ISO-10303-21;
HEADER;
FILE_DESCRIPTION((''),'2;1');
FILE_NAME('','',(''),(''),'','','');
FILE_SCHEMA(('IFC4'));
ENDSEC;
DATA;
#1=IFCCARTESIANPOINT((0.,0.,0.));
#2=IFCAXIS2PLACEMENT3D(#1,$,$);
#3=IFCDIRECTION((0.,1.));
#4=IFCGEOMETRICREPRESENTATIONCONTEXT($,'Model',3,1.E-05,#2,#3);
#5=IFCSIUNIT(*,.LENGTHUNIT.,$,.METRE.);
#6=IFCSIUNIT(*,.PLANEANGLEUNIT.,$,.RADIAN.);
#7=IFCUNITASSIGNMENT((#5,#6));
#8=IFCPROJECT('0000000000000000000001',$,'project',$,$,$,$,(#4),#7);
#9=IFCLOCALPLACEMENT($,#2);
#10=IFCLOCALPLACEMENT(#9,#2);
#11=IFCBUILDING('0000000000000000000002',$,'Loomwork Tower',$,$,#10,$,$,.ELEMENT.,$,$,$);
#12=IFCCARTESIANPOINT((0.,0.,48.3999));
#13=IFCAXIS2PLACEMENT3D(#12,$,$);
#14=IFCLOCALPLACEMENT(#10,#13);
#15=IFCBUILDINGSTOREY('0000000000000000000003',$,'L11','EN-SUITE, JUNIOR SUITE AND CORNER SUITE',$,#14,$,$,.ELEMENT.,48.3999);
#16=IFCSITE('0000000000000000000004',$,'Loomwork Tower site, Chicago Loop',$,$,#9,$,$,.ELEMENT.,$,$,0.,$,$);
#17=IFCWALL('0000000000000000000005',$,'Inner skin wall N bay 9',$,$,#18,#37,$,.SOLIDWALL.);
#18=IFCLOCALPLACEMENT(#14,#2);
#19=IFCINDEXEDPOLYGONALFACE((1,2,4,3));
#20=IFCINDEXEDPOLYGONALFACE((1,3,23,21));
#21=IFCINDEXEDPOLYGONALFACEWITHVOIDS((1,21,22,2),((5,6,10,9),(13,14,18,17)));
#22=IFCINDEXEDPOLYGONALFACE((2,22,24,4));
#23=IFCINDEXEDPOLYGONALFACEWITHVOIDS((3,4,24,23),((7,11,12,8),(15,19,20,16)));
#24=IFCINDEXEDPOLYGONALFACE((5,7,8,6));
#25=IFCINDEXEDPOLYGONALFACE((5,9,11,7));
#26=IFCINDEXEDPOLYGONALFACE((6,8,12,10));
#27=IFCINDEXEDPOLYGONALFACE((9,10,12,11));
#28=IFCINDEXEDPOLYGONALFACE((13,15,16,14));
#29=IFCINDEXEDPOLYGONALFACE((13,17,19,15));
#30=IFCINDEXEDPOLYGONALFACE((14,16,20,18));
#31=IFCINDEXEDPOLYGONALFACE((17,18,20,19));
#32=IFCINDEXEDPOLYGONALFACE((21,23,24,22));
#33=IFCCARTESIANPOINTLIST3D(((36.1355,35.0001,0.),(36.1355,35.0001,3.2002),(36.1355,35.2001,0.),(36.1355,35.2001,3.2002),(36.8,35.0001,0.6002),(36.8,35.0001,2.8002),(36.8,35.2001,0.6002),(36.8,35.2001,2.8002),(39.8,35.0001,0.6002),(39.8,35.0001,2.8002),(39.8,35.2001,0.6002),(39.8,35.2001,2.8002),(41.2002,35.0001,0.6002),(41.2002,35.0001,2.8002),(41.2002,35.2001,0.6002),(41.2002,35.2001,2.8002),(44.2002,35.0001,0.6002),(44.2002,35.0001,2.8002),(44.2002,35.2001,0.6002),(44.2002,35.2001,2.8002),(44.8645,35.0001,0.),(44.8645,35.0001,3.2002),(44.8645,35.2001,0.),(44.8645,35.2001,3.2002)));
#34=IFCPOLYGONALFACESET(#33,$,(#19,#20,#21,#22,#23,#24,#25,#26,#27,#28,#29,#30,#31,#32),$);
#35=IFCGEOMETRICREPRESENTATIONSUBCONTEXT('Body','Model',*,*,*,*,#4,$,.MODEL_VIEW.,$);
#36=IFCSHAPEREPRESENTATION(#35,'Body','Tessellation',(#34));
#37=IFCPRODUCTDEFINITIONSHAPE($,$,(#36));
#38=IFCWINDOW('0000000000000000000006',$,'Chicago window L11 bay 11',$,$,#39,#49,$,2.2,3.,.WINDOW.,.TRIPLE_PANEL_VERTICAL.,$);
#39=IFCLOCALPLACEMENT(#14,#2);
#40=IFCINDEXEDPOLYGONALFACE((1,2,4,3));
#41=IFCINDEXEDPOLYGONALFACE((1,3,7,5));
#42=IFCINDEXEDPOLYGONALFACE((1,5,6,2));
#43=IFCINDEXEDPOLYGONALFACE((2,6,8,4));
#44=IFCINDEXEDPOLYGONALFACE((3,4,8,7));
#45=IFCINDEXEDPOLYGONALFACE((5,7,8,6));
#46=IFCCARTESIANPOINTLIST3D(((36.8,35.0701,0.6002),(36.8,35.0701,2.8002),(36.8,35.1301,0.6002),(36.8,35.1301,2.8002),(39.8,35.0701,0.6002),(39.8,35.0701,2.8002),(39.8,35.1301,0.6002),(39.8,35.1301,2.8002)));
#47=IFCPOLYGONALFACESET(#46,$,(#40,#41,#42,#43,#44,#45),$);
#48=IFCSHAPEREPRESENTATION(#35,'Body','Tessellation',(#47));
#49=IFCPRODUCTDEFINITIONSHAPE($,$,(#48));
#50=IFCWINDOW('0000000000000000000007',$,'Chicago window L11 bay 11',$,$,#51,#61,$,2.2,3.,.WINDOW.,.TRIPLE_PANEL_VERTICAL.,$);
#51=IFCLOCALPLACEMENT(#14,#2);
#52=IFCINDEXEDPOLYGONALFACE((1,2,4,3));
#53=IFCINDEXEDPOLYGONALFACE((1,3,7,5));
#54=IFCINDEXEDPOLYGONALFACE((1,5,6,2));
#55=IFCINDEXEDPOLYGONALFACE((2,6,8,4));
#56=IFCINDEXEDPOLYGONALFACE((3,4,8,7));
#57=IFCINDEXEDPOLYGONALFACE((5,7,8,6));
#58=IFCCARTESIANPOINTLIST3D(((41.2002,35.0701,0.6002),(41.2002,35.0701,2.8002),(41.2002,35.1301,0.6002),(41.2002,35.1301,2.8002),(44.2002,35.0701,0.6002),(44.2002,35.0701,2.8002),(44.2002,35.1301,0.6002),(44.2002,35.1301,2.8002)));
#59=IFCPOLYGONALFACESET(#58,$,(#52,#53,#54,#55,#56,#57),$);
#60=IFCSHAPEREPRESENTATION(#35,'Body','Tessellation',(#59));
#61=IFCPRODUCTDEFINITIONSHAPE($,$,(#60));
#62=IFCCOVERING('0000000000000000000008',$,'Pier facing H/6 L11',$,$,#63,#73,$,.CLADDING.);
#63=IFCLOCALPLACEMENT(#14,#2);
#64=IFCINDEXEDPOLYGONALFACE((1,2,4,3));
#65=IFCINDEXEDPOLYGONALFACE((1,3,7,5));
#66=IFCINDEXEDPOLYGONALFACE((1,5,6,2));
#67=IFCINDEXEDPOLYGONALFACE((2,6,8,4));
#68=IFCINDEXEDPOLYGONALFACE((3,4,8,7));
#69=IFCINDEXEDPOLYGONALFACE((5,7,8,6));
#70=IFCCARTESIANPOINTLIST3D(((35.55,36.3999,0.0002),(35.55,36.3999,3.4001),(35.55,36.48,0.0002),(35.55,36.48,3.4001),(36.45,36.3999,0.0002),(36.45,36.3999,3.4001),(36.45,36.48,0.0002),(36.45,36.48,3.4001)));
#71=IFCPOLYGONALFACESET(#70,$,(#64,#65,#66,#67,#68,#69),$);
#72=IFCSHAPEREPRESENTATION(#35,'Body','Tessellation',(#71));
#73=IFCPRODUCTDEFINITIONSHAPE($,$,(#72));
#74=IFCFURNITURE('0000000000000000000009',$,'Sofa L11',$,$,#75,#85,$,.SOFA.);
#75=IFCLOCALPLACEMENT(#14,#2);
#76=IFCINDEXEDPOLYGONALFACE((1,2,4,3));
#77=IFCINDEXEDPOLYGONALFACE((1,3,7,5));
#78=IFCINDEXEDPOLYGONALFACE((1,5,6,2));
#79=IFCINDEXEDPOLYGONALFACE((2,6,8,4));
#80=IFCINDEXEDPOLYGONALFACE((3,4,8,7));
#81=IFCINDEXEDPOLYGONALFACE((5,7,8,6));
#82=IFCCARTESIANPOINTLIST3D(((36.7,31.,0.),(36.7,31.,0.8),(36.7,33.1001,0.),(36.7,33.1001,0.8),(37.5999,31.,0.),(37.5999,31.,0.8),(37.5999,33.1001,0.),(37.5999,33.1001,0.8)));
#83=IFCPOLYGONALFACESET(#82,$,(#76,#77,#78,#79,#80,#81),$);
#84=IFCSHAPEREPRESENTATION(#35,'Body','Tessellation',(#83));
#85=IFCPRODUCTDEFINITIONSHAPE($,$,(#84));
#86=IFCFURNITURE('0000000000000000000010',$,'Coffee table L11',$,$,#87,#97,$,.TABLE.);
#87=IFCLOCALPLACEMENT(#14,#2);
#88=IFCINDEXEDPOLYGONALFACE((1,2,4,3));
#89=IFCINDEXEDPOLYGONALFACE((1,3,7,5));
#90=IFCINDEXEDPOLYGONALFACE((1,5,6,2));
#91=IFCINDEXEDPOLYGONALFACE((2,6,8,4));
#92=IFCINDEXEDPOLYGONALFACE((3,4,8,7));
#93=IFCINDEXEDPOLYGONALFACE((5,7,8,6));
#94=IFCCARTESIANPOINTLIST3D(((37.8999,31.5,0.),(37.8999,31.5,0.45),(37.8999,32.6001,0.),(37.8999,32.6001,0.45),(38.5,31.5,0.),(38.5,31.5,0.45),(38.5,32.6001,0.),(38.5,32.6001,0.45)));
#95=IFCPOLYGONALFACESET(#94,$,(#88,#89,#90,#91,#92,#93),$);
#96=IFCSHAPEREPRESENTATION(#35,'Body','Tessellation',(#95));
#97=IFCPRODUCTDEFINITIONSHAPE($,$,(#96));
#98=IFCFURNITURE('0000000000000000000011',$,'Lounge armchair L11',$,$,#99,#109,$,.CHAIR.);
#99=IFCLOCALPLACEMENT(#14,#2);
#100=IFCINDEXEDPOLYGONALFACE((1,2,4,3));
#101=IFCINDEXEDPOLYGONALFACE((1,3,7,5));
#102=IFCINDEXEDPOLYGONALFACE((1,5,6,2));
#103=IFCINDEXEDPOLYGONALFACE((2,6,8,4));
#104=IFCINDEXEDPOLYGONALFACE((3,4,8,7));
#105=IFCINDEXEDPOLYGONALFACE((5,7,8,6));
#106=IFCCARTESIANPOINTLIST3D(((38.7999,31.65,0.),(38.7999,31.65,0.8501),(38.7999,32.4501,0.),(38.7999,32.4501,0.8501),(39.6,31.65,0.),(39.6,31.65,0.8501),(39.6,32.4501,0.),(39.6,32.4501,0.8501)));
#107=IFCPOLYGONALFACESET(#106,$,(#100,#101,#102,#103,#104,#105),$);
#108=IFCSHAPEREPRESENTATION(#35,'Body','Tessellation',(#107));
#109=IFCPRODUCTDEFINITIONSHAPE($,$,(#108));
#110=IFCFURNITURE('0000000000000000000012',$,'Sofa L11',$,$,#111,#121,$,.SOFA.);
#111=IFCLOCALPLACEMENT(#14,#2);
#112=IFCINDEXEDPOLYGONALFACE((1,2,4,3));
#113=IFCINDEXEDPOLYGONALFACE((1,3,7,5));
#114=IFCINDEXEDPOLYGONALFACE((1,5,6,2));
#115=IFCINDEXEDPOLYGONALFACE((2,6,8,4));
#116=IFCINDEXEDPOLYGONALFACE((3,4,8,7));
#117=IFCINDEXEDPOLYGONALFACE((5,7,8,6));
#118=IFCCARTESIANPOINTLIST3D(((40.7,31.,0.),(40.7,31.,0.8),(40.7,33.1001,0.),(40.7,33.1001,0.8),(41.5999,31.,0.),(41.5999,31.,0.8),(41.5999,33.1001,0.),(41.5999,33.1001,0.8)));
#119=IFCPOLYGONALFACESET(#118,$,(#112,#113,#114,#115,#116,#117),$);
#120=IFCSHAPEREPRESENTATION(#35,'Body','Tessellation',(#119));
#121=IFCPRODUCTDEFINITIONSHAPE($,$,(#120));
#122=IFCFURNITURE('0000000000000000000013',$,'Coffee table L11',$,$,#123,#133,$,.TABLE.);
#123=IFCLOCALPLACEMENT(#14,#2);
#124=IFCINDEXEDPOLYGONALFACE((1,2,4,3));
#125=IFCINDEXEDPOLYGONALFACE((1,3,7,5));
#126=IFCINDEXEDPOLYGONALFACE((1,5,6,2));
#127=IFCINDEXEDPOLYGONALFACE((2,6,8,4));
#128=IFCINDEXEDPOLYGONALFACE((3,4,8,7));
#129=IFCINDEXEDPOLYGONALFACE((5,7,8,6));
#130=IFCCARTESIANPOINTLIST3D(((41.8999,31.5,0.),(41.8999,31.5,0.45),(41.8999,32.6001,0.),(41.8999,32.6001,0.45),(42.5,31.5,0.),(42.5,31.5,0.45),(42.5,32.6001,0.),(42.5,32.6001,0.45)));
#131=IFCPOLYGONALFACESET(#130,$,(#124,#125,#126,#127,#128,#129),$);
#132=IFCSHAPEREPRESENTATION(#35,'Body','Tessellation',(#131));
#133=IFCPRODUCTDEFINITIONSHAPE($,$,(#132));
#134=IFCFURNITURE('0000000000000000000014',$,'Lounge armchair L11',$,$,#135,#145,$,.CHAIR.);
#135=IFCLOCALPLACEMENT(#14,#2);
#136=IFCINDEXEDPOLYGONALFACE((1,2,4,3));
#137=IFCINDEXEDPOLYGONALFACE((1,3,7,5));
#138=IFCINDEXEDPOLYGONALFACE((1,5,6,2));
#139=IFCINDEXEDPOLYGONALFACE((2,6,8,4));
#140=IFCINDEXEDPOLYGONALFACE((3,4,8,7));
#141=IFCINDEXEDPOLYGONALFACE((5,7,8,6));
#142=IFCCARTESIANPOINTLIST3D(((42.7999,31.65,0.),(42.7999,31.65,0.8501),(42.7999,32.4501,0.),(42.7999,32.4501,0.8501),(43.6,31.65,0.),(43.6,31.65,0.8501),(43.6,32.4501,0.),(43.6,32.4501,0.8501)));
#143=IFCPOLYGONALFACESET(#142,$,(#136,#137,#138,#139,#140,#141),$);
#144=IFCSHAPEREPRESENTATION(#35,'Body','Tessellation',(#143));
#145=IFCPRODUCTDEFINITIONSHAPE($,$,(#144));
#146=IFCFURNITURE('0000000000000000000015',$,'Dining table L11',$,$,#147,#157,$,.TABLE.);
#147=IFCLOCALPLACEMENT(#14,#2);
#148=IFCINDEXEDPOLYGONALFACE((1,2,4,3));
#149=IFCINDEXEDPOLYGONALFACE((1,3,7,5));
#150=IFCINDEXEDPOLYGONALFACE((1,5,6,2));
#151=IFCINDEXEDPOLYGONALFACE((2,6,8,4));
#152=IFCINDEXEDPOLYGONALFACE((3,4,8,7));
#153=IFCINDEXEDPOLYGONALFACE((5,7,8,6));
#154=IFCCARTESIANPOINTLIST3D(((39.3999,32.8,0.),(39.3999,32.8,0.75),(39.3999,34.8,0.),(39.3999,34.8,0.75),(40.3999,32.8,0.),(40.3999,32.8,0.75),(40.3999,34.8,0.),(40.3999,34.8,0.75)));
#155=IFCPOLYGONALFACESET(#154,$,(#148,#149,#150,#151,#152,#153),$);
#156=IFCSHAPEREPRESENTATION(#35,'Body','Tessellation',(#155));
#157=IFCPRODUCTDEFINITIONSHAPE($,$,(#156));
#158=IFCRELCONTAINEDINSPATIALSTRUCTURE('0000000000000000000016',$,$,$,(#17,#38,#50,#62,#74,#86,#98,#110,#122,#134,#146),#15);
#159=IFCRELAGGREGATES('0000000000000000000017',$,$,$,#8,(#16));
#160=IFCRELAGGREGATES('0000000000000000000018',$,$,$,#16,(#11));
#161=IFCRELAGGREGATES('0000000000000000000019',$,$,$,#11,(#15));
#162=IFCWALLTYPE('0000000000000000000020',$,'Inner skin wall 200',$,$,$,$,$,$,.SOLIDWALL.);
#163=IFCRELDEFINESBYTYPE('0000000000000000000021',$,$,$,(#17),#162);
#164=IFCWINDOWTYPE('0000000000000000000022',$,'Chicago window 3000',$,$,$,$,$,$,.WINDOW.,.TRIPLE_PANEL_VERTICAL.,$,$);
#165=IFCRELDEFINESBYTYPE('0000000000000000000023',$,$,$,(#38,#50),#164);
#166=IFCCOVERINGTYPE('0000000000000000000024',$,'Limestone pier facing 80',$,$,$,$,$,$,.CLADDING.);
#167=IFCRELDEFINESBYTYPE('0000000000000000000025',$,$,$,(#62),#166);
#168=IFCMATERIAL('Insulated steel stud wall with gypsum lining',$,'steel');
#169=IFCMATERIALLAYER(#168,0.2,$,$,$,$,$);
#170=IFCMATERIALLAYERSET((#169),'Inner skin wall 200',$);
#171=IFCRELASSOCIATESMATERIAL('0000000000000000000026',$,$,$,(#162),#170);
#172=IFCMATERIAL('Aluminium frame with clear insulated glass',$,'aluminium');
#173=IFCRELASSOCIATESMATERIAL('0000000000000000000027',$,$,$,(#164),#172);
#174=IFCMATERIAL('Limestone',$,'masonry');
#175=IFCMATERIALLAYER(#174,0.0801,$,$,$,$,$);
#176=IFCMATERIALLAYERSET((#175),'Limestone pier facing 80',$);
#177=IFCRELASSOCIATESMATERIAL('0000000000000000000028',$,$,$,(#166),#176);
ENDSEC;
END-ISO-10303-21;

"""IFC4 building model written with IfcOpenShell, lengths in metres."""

from ifc_helpers import new_model, si_unit, direction, frame, frame_2d, origin, origin_2d, place, context, subcontext, project, spatial, rectangle, extrude, material, layer, layer_set, type_object, element, fill, save


model = new_model("IFC4")

# Units and contexts
model_context = context("Model", 3, precision=1e-05, world=origin(), true_north=direction((0.0, 1.0)))
body_context = subcontext(model_context, "Body", "Model", "MODEL_VIEW")
ifc_project = project(units=[si_unit("LENGTHUNIT", "METRE"), si_unit("PLANEANGLEUNIT", "RADIAN")], contexts=[model_context])

# Site, building, storey
site_placement = place(None, origin())
site = spatial("IfcSite", under=ifc_project, at=site_placement, Name="Loomwork Tower site, Chicago Loop", CompositionType="ELEMENT", RefElevation=0.0)
building_placement = place(site_placement, origin())
building = spatial("IfcBuilding", under=site, at=building_placement, Name="Loomwork Tower", CompositionType="ELEMENT")
storey_placement = place(building_placement, frame((0.0, 0.0, 48.3999)))
storey = spatial("IfcBuildingStorey", under=building, at=storey_placement, Name="L11", Description="EN-SUITE, JUNIOR SUITE AND CORNER SUITE", CompositionType="ELEMENT", Elevation=48.3999)

# Shared definitions
ifc_material_1 = material(Name="Insulated steel stud wall with gypsum lining", Category="steel")
ifc_layer_1 = layer(ifc_material_1, 0.2)
ifc_layer_set_1 = layer_set([ifc_layer_1], Name="Inner skin wall 200")
wall_type = type_object("IfcWallType", Name="Inner skin wall 200", PredefinedType="SOLIDWALL", material=ifc_layer_set_1)

# Wall, openings, windows
wall_1_placement = place(storey_placement, frame((36.1355, 35.1001, 0.0), z_axis=(0.0, 0.0, 1.0), x_axis=(1.0, 0.0, 0.0)))
wall_1 = element("IfcWall", 1, at=wall_1_placement, inside=storey, type_object=wall_type, Name="Inner skin wall N bay 9", PredefinedType="SOLIDWALL", context=body_context, shape_type="SweptSolid", body=[
    extrude(rectangle(XDim=8.729, YDim=0.2, at=frame_2d((4.3645, 0.0))), origin(), (0.0, 0.0, 1.0), 3.2002),
])
opening_1_placement = place(wall_1_placement, frame((0.6646, 0.0, 0.6001)))
opening_1 = element("IfcOpeningElement", 2, at=opening_1_placement, cuts=wall_1, PredefinedType="OPENING", context=body_context, shape_type="SweptSolid", body=[
    extrude(rectangle(XDim=3.0, YDim=2.2, at=frame_2d((1.5, 1.1001))), frame((0.0, 0.1099, 0.0), z_axis=(0.0, -1.0, 0.0), x_axis=(1.0, 0.0, 0.0)), (0.0, 0.0, 1.0), 0.22),
])
opening_2_placement = place(wall_1_placement, frame((5.0647, 0.0, 0.6001)))
opening_2 = element("IfcOpeningElement", 3, at=opening_2_placement, cuts=wall_1, PredefinedType="OPENING", context=body_context, shape_type="SweptSolid", body=[
    extrude(rectangle(XDim=3.0, YDim=2.2, at=frame_2d((1.5, 1.1001))), frame((0.0, 0.1099, 0.0), z_axis=(0.0, -1.0, 0.0), x_axis=(1.0, 0.0, 0.0)), (0.0, 0.0, 1.0), 0.22),
])
ifc_material_2 = material(Name="Aluminium frame with clear insulated glass", Category="aluminium")
window_type = type_object("IfcWindowType", Name="Chicago window 3000", PartitioningType="TRIPLE_PANEL_VERTICAL", PredefinedType="WINDOW", material=ifc_material_2)
window_1_placement = place(opening_1_placement, origin())
window_1 = element("IfcWindow", 4, at=window_1_placement, inside=storey, type_object=window_type, Name="Chicago window L11 bay 11", OverallHeight=2.2, OverallWidth=3.0, PartitioningType="TRIPLE_PANEL_VERTICAL", PredefinedType="WINDOW", context=body_context, shape_type="SweptSolid", body=[
    extrude(rectangle(XDim=3.0, YDim=2.2, at=frame_2d((1.5, 1.1001))), frame((0.0, 0.03, 0.0), z_axis=(0.0, -1.0, 0.0), x_axis=(1.0, 0.0, 0.0)), (0.0, 0.0, 1.0), 0.0601),
])
fill(opening_1, window_1)
window_2_placement = place(opening_2_placement, origin())
window_2 = element("IfcWindow", 5, at=window_2_placement, inside=storey, type_object=window_type, Name="Chicago window L11 bay 11", OverallHeight=2.2, OverallWidth=3.0, PartitioningType="TRIPLE_PANEL_VERTICAL", PredefinedType="WINDOW", context=body_context, shape_type="SweptSolid", body=[
    extrude(rectangle(XDim=3.0, YDim=2.2, at=frame_2d((1.5, 1.1001))), frame((0.0, 0.03, 0.0), z_axis=(0.0, -1.0, 0.0), x_axis=(1.0, 0.0, 0.0)), (0.0, 0.0, 1.0), 0.0601),
])
fill(opening_2, window_2)

# Covering
ifc_material_3 = material(Name="Limestone", Category="masonry")
ifc_layer_2 = layer(ifc_material_3, 0.0801)
ifc_layer_set_2 = layer_set([ifc_layer_2], Name="Limestone pier facing 80")
covering_type = type_object("IfcCoveringType", Name="Limestone pier facing 80", PredefinedType="CLADDING", material=ifc_layer_set_2)
covering_placement = place(storey_placement, frame((36.0, 36.4399, 0.0002), z_axis=(0.0, 0.0, 1.0), x_axis=(1.0, 0.0, 0.0)))
element("IfcCovering", 6, at=covering_placement, inside=storey, type_object=covering_type, Name="Pier facing H/6 L11", PredefinedType="CLADDING", context=body_context, shape_type="SweptSolid", body=[
    extrude(rectangle(XDim=0.8999, YDim=0.0801, at=origin_2d()), origin(), (0.0, 0.0, 1.0), 3.3999),
])

# Furniture
furniture_1_placement = place(storey_placement, frame((37.1499, 32.05, 0.0), z_axis=(0.0, 0.0, 1.0), x_axis=(1.0, 0.0, 0.0)))
element("IfcFurniture", 7, at=furniture_1_placement, inside=storey, Name="Sofa L11", PredefinedType="SOFA", context=body_context, shape_type="SweptSolid", body=[
    extrude(rectangle(XDim=0.8999, YDim=2.1001, at=origin_2d()), origin(), (0.0, 0.0, 1.0), 0.8),
])
furniture_2_placement = place(storey_placement, frame((38.2, 32.05, 0.0), z_axis=(0.0, 0.0, 1.0), x_axis=(1.0, 0.0, 0.0)))
element("IfcFurniture", 8, at=furniture_2_placement, inside=storey, Name="Coffee table L11", PredefinedType="TABLE", context=body_context, shape_type="SweptSolid", body=[
    extrude(rectangle(XDim=0.6001, YDim=1.1001, at=origin_2d()), origin(), (0.0, 0.0, 1.0), 0.45),
])
furniture_3_placement = place(storey_placement, frame((39.2, 32.05, 0.0), z_axis=(0.0, 0.0, 1.0), x_axis=(1.0, 0.0, 0.0)))
element("IfcFurniture", 9, at=furniture_3_placement, inside=storey, Name="Lounge armchair L11", PredefinedType="CHAIR", context=body_context, shape_type="SweptSolid", body=[
    extrude(rectangle(XDim=0.8, YDim=0.8, at=origin_2d()), origin(), (0.0, 0.0, 1.0), 0.8501),
])
furniture_4_placement = place(storey_placement, frame((41.1499, 32.05, 0.0), z_axis=(0.0, 0.0, 1.0), x_axis=(1.0, 0.0, 0.0)))
element("IfcFurniture", 10, at=furniture_4_placement, inside=storey, Name="Sofa L11", PredefinedType="SOFA", context=body_context, shape_type="SweptSolid", body=[
    extrude(rectangle(XDim=0.8999, YDim=2.1001, at=origin_2d()), origin(), (0.0, 0.0, 1.0), 0.8),
])
furniture_5_placement = place(storey_placement, frame((42.2, 32.05, 0.0), z_axis=(0.0, 0.0, 1.0), x_axis=(1.0, 0.0, 0.0)))
element("IfcFurniture", 11, at=furniture_5_placement, inside=storey, Name="Coffee table L11", PredefinedType="TABLE", context=body_context, shape_type="SweptSolid", body=[
    extrude(rectangle(XDim=0.6001, YDim=1.1001, at=origin_2d()), origin(), (0.0, 0.0, 1.0), 0.45),
])
furniture_6_placement = place(storey_placement, frame((43.2, 32.05, 0.0), z_axis=(0.0, 0.0, 1.0), x_axis=(1.0, 0.0, 0.0)))
element("IfcFurniture", 12, at=furniture_6_placement, inside=storey, Name="Lounge armchair L11", PredefinedType="CHAIR", context=body_context, shape_type="SweptSolid", body=[
    extrude(rectangle(XDim=0.8, YDim=0.8, at=origin_2d()), origin(), (0.0, 0.0, 1.0), 0.8501),
])
furniture_7_placement = place(storey_placement, frame((39.8999, 33.8, 0.0), z_axis=(0.0, 0.0, 1.0), x_axis=(1.0, 0.0, 0.0)))
element("IfcFurniture", 13, at=furniture_7_placement, inside=storey, Name="Dining table L11", PredefinedType="TABLE", context=body_context, shape_type="SweptSolid", body=[
    extrude(rectangle(XDim=1.0, YDim=2.0, at=origin_2d()), origin(), (0.0, 0.0, 1.0), 0.75),
])

save(model, "model.ifc")
